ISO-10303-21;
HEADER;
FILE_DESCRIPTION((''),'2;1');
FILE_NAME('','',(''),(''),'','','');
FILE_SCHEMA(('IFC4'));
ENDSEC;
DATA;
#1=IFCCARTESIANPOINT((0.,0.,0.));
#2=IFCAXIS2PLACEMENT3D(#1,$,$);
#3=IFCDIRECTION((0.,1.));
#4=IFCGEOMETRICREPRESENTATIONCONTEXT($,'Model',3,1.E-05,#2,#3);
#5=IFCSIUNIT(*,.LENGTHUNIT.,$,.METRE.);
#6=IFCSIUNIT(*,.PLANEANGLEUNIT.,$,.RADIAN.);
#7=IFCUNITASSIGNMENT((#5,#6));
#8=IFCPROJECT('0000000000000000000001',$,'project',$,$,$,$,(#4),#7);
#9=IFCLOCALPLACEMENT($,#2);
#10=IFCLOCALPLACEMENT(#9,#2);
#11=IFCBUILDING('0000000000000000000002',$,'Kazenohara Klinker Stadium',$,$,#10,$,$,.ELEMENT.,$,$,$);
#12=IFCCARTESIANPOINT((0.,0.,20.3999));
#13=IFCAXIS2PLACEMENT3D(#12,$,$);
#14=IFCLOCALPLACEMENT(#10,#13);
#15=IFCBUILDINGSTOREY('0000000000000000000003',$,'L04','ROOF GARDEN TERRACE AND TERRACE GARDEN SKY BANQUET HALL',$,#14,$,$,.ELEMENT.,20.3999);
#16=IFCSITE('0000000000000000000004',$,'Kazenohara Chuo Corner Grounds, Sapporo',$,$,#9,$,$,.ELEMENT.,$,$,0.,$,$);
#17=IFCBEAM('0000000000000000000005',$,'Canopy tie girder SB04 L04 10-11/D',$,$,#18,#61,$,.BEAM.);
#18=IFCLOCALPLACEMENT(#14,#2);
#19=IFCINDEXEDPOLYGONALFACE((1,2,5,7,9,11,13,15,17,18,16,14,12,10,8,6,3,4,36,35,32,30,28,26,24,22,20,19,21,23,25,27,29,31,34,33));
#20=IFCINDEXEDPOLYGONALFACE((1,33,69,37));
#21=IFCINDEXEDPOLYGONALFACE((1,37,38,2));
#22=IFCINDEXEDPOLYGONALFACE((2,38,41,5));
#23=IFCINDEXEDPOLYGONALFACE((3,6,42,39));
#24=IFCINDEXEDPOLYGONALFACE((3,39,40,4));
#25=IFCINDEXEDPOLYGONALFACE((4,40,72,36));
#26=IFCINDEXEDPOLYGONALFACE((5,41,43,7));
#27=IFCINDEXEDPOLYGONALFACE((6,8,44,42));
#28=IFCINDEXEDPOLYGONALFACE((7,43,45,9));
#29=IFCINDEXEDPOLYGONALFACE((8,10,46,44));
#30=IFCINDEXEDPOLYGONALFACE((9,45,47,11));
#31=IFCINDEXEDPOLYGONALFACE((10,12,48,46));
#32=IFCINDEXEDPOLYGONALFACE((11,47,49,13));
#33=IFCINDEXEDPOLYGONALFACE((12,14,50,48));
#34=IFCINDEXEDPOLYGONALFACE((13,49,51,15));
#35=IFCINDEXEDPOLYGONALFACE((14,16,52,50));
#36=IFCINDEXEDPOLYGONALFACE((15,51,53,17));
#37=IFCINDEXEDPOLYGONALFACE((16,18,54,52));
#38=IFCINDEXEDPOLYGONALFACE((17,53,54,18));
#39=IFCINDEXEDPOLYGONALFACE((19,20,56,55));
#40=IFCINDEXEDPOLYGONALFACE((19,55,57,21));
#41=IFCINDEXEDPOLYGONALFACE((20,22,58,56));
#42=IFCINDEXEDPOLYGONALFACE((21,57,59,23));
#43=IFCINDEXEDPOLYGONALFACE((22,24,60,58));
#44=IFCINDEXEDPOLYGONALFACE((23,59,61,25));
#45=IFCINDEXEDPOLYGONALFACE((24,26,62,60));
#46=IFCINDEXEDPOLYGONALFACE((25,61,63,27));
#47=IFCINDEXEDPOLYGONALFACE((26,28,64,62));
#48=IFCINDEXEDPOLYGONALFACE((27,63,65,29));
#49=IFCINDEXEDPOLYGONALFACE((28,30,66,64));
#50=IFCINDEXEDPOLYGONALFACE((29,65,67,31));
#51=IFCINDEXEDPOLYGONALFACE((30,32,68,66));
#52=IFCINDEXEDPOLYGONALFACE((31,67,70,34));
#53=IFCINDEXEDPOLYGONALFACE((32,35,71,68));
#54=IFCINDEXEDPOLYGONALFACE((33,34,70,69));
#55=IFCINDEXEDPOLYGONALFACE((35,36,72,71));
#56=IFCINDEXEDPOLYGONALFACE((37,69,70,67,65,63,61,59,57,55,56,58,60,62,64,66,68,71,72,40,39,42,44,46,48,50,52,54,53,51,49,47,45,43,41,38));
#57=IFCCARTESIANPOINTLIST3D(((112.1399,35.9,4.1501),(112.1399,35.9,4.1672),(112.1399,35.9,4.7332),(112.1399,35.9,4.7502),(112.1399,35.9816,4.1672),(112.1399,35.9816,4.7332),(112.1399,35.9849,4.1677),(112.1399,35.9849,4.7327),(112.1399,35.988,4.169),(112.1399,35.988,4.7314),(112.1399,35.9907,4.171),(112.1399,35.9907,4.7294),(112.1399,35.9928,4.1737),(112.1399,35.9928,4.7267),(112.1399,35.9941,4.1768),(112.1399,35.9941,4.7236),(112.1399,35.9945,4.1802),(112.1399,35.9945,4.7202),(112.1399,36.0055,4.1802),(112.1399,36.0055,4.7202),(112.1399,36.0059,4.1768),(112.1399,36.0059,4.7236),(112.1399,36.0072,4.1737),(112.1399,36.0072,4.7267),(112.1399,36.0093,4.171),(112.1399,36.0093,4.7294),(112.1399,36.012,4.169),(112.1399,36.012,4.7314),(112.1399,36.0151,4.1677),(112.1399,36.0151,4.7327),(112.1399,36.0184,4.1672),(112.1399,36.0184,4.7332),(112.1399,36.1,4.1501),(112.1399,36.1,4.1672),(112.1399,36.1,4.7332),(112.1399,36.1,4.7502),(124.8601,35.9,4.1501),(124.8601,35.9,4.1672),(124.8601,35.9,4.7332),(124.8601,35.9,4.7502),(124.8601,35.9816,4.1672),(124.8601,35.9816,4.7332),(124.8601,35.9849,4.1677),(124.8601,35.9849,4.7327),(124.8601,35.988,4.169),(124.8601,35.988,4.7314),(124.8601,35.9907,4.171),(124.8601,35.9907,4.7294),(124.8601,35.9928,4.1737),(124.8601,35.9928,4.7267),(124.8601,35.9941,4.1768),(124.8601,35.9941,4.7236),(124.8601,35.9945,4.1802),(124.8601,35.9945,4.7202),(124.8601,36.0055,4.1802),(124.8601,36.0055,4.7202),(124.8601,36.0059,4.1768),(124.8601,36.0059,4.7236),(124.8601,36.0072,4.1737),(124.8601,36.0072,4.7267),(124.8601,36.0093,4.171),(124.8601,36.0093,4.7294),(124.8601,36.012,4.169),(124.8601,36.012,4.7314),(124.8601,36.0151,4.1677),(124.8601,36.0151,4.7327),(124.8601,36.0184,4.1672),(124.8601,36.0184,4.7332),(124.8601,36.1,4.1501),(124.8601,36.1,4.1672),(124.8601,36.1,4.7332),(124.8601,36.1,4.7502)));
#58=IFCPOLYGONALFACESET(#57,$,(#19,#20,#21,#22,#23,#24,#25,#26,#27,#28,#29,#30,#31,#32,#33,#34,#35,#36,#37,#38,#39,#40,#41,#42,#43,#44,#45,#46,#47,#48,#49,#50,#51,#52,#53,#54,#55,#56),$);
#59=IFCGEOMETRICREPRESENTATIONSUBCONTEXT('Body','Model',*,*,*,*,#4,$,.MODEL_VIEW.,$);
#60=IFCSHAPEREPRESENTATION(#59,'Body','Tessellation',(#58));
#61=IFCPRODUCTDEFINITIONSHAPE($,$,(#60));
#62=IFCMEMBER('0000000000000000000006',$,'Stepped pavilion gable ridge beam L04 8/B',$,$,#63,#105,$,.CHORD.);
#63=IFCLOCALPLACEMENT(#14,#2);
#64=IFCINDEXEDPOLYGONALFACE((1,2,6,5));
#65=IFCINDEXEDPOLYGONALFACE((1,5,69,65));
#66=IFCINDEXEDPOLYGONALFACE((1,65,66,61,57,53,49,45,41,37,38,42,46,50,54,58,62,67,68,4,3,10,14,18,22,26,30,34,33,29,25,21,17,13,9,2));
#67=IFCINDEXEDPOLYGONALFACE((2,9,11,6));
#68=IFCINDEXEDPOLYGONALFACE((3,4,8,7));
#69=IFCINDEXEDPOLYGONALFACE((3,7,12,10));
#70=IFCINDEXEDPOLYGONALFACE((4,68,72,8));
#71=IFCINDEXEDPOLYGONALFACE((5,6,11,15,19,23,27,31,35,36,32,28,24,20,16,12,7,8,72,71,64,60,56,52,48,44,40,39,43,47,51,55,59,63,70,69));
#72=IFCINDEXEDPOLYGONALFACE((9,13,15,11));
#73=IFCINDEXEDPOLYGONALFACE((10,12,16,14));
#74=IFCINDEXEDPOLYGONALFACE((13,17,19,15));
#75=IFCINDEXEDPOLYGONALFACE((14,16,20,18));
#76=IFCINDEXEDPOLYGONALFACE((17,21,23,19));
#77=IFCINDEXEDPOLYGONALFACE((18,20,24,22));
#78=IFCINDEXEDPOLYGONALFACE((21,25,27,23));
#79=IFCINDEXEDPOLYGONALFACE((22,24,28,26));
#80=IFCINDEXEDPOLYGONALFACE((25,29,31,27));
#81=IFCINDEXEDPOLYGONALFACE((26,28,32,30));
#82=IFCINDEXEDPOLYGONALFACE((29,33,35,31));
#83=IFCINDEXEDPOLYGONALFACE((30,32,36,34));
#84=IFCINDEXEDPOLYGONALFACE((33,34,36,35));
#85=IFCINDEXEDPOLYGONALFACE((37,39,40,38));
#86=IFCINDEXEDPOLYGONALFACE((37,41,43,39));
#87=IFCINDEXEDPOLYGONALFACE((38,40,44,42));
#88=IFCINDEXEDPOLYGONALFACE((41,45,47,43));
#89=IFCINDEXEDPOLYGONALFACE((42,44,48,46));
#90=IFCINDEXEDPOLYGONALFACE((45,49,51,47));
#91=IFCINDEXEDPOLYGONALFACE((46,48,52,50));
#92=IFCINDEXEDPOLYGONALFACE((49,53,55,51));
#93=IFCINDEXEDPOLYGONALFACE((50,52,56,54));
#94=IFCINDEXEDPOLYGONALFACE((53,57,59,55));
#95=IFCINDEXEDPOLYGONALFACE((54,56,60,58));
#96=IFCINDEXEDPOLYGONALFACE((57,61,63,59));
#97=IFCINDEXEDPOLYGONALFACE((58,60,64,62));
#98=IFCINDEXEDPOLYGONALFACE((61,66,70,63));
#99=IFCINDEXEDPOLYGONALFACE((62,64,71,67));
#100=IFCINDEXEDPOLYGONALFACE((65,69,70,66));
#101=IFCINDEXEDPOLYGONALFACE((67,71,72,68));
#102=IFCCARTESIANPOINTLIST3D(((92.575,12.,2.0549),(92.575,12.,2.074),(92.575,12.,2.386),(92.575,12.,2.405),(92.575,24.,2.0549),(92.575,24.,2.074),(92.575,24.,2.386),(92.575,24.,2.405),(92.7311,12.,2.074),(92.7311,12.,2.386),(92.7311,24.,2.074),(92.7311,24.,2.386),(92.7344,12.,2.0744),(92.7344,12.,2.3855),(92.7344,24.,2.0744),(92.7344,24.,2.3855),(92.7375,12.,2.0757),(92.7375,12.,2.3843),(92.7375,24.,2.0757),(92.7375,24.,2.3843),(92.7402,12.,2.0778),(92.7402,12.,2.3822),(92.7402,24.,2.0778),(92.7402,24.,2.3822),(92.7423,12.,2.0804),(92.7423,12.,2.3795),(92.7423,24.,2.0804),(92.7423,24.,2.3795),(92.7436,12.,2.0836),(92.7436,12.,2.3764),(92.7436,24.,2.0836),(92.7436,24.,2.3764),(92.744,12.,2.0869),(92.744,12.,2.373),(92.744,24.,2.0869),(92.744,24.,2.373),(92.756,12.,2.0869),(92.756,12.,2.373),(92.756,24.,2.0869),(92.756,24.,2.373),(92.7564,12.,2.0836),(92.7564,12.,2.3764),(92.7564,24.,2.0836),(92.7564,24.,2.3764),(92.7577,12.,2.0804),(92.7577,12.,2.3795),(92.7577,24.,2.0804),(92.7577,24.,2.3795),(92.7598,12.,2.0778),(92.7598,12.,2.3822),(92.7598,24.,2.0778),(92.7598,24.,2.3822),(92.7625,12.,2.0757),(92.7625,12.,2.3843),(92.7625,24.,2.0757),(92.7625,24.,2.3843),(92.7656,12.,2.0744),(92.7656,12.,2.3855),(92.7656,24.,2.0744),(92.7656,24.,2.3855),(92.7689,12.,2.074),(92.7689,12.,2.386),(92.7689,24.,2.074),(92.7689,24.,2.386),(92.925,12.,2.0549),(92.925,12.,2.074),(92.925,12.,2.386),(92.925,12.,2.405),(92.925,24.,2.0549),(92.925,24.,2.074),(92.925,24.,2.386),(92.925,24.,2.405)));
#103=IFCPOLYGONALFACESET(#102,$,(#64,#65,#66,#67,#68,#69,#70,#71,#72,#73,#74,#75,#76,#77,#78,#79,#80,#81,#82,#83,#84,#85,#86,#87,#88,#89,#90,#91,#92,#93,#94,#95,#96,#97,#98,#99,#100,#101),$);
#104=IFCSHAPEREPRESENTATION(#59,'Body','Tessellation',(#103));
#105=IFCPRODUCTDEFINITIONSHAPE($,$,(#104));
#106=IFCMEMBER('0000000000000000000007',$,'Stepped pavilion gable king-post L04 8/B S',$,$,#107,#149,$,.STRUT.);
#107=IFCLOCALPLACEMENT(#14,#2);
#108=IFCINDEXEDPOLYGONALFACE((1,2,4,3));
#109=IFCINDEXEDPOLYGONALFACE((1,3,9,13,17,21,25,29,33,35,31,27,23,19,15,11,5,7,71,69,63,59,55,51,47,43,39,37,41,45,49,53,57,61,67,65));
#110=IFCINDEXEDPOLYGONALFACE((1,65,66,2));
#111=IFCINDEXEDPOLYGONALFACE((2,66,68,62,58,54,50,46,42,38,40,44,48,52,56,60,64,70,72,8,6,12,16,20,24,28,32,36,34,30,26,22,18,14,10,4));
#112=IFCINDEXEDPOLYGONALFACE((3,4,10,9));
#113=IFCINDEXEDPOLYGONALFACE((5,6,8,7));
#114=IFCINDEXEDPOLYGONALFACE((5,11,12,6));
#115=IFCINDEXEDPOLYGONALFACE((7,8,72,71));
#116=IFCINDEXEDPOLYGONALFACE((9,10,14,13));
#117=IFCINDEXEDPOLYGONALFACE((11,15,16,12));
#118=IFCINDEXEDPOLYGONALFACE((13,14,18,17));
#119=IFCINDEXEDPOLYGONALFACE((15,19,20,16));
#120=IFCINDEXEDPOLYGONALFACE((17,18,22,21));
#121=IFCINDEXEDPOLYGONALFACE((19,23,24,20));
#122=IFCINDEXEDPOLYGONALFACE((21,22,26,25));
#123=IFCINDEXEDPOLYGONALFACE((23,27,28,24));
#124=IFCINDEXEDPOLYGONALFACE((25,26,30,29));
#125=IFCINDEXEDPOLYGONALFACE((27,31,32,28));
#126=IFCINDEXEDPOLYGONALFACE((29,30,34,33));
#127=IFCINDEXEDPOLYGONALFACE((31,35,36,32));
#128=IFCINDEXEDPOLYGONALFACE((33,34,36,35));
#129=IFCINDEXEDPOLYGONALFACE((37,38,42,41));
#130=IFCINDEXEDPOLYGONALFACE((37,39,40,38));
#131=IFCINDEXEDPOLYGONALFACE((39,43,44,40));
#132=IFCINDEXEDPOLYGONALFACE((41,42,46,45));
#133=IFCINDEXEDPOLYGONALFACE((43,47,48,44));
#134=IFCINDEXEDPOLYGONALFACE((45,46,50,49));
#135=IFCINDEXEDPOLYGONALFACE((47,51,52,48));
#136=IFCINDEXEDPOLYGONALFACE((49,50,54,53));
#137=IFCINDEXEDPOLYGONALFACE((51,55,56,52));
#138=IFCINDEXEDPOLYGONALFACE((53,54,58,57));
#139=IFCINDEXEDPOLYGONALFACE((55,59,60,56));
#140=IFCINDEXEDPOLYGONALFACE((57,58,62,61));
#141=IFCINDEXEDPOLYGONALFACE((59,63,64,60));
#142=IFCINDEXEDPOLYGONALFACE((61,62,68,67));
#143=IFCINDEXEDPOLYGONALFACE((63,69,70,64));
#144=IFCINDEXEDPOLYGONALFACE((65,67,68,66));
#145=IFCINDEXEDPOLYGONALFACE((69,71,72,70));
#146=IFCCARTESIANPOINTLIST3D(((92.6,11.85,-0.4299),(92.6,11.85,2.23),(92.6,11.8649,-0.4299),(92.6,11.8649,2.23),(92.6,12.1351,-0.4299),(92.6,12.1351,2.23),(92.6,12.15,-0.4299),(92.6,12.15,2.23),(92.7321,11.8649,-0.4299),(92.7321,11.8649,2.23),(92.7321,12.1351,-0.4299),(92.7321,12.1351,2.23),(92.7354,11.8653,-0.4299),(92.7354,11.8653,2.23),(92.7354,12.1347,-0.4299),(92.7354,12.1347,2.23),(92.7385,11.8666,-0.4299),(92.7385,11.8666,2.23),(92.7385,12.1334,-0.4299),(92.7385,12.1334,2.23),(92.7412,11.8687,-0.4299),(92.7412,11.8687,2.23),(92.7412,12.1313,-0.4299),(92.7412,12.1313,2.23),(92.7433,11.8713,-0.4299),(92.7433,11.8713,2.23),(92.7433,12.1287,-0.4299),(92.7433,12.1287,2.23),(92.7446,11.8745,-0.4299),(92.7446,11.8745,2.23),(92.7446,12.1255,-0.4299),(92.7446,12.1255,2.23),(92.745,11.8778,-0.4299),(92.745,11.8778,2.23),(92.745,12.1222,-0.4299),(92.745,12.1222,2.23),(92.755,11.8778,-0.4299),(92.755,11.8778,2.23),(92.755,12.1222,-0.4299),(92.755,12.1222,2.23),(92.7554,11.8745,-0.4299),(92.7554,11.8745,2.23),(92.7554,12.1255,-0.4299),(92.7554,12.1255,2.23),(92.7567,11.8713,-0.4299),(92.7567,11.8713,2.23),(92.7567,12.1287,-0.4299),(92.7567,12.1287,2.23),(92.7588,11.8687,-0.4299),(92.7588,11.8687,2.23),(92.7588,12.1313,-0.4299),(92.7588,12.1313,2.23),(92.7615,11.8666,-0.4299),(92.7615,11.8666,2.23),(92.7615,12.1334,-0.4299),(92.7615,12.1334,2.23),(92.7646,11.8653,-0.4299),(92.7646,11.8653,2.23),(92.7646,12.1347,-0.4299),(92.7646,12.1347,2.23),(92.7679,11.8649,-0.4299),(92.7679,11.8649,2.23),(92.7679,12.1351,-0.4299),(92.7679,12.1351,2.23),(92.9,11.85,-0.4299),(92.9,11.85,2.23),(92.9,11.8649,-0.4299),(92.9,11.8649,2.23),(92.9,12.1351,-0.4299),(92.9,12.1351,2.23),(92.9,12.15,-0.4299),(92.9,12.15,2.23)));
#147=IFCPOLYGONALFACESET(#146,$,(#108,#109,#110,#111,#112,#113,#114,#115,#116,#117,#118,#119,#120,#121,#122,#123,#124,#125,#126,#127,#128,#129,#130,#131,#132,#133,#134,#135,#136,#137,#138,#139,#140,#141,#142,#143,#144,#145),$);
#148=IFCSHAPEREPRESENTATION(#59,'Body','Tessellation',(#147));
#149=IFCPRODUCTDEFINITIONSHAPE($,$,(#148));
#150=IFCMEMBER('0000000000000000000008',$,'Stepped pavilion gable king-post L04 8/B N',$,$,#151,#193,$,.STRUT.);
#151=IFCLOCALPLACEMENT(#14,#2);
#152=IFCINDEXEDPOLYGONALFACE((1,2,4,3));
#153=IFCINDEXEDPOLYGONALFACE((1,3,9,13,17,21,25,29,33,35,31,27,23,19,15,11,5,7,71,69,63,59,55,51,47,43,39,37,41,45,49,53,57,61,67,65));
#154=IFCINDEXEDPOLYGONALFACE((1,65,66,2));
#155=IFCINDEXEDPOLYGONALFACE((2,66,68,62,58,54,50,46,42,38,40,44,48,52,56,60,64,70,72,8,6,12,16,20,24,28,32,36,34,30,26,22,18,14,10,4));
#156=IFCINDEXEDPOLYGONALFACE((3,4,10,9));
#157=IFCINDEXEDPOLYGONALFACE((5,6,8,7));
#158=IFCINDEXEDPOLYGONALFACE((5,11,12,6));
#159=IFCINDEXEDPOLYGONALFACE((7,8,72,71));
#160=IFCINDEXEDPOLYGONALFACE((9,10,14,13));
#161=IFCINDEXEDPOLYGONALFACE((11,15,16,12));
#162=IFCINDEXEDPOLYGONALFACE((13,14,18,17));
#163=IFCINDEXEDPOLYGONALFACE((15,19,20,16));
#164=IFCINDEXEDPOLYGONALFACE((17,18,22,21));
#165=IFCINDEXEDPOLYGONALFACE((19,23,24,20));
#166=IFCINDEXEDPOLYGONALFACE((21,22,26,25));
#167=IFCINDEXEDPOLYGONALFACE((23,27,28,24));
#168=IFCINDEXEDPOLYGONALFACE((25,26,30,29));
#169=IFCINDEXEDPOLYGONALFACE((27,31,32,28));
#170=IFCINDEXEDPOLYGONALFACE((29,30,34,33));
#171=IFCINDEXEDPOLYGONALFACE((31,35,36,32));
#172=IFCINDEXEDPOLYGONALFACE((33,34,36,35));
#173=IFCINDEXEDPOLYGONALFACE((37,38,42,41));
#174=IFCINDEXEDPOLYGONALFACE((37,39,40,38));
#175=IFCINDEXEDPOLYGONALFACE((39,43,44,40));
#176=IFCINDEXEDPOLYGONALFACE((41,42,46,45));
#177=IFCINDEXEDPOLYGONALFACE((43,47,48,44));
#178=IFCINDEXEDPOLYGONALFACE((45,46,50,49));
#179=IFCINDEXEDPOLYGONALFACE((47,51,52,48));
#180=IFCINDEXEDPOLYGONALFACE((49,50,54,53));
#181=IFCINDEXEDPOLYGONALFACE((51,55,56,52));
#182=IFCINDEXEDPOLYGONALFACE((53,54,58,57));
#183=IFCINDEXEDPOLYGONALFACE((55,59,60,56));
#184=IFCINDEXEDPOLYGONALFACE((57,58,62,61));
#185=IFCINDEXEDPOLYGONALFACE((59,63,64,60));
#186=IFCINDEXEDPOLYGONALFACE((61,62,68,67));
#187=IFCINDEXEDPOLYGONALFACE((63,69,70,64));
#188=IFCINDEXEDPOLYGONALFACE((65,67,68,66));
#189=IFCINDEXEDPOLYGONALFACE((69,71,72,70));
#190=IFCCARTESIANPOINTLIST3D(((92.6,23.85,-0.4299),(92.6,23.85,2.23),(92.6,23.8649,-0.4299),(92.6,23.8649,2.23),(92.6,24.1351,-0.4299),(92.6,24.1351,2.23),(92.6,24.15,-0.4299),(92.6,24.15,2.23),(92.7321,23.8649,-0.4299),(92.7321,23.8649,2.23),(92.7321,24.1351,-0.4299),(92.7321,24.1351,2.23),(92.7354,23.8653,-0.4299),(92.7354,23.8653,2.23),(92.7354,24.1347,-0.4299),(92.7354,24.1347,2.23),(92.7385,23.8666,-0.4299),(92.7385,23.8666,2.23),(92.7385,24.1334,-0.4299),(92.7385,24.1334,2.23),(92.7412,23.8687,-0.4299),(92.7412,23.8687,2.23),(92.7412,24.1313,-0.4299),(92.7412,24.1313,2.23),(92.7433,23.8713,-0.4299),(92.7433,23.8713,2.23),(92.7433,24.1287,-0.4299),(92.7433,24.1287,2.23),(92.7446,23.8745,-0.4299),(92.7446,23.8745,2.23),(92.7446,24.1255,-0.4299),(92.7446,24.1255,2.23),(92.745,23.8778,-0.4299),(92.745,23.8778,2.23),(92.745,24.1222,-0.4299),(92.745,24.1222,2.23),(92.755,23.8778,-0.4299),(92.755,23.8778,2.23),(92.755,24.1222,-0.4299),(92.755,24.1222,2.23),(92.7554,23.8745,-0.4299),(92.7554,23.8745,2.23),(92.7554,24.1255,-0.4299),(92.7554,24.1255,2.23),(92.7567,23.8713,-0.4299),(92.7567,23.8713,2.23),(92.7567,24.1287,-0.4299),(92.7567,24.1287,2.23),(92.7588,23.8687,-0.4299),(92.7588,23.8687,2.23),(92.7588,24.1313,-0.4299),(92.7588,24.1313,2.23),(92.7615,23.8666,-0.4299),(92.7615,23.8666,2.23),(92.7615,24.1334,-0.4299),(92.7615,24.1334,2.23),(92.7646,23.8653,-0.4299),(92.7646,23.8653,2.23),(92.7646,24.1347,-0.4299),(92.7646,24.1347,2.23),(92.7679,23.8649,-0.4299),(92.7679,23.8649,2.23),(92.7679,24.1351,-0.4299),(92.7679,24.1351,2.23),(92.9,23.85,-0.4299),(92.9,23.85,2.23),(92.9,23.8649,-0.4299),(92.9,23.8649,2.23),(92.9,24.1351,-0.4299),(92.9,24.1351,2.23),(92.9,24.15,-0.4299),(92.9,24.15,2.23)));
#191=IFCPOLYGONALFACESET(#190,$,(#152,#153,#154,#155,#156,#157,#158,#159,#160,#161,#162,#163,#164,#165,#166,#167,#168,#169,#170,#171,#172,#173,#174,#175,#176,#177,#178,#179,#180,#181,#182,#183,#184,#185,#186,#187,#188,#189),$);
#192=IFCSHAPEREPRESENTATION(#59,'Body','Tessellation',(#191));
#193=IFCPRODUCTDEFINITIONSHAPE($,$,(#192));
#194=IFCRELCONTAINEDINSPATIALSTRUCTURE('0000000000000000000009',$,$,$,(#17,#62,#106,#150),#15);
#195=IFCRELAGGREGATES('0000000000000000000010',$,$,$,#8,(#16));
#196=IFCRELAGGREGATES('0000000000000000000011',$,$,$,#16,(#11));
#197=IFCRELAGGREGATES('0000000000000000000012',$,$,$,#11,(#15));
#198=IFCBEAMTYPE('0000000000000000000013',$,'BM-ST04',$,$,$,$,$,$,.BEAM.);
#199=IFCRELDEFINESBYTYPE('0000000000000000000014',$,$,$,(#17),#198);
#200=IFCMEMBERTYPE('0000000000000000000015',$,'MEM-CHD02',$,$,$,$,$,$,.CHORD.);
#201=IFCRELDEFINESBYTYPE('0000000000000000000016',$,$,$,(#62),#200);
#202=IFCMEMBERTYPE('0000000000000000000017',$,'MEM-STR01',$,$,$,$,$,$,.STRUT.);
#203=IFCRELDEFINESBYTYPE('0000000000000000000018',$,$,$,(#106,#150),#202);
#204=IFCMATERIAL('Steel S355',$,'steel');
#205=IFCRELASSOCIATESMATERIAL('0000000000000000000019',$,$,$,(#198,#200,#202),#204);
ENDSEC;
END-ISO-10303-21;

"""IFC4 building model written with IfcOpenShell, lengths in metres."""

from ifc_helpers import new_model, si_unit, direction, frame, origin, origin_2d, place, context, subcontext, project, spatial, i_section, extrude, material, material_profile, profile_set, type_object, element, save


model = new_model("IFC4")

# Units and contexts
model_context = context("Model", 3, precision=1e-05, world=origin(), true_north=direction((0.0, 1.0)))
body_context = subcontext(model_context, "Body", "Model", "MODEL_VIEW")
ifc_project = project(units=[si_unit("LENGTHUNIT", "METRE"), si_unit("PLANEANGLEUNIT", "RADIAN")], contexts=[model_context])

# Site, building, storey
site_placement = place(None, origin())
site = spatial("IfcSite", under=ifc_project, at=site_placement, Name="Kazenohara Chuo Corner Grounds, Sapporo", CompositionType="ELEMENT", RefElevation=0.0)
building_placement = place(site_placement, origin())
building = spatial("IfcBuilding", under=site, at=building_placement, Name="Kazenohara Klinker Stadium", CompositionType="ELEMENT")
storey_placement = place(building_placement, frame((0.0, 0.0, 20.3999)))
storey = spatial("IfcBuildingStorey", under=building, at=storey_placement, Name="L04", Description="ROOF GARDEN TERRACE AND TERRACE GARDEN SKY BANQUET HALL", CompositionType="ELEMENT", Elevation=20.3999)

# Shared definitions
ifc_material_1 = material(Name="Steel S355", Category="steel")

# Beam
ifc_material_profile_1 = material_profile(ifc_material_1, i_section(OverallWidth=0.2, OverallDepth=0.6001, WebThickness=0.011, FlangeThickness=0.0171, FilletRadius=0.0129, at=origin_2d()), Name="H-600x200x11x17")
ifc_profile_set_1 = profile_set([ifc_material_profile_1], Name="Steel S355")
beam_type = type_object("IfcBeamType", Name="BM-ST04", PredefinedType="BEAM", material=ifc_profile_set_1)
for number, where, z_axis, x_axis, name in (
    (1, (112.1399, 36.0, 4.4502), (1.0, 0.0, 0.0), (0.0, 1.0, 0.0), "Canopy tie girder SB04 L04 10-11/D"),
):
    element("IfcBeam", number, at=place(storey_placement, frame(where, z_axis=z_axis, x_axis=x_axis)), inside=storey, type_object=beam_type, Name=name, PredefinedType="BEAM", context=body_context, shape_type="SweptSolid", body=[
        extrude(i_section(OverallWidth=0.2, OverallDepth=0.6001, WebThickness=0.011, FlangeThickness=0.0171, FilletRadius=0.0129, at=origin_2d()), origin(), (0.0, 0.0, 1.0), 12.7202),
    ])

# Members
ifc_material_profile_2 = material_profile(ifc_material_1, i_section(OverallWidth=0.3501, OverallDepth=0.3501, WebThickness=0.012, FlangeThickness=0.019, FilletRadius=0.0129, at=origin_2d()), Name="H-350x350x12x19")
ifc_profile_set_2 = profile_set([ifc_material_profile_2], Name="Steel S355")
member_type_1 = type_object("IfcMemberType", Name="MEM-CHD02", PredefinedType="CHORD", material=ifc_profile_set_2)
member_placement = place(storey_placement, frame((92.75, 12.0, 2.23), z_axis=(0.0, 1.0, 0.0), x_axis=(-1.0, 0.0, 0.0)))
element("IfcMember", 2, at=member_placement, inside=storey, type_object=member_type_1, Name="Stepped pavilion gable ridge beam L04 8/B", PredefinedType="CHORD", context=body_context, shape_type="SweptSolid", body=[
    extrude(i_section(OverallWidth=0.3501, OverallDepth=0.3501, WebThickness=0.012, FlangeThickness=0.019, FilletRadius=0.0129, at=origin_2d()), origin(), (0.0, 0.0, 1.0), 12.0),
])
ifc_material_profile_3 = material_profile(ifc_material_1, i_section(OverallWidth=0.3, OverallDepth=0.3, WebThickness=0.01, FlangeThickness=0.0149, FilletRadius=0.0129, at=origin_2d()), Name="H-300x300x10x15")
ifc_profile_set_3 = profile_set([ifc_material_profile_3], Name="Steel S355")
member_type_2 = type_object("IfcMemberType", Name="MEM-STR01", PredefinedType="STRUT", material=ifc_profile_set_3)
for number, where, z_axis, x_axis, name in (
    (3, (92.75, 12.0, -0.4299), (0.0, 0.0, 1.0), (1.0, 0.0, 0.0), "Stepped pavilion gable king-post L04 8/B S"),
    (4, (92.75, 24.0, -0.4299), (0.0, 0.0, 1.0), (1.0, 0.0, 0.0), "Stepped pavilion gable king-post L04 8/B N"),
):
    element("IfcMember", number, at=place(storey_placement, frame(where, z_axis=z_axis, x_axis=x_axis)), inside=storey, type_object=member_type_2, Name=name, PredefinedType="STRUT", context=body_context, shape_type="SweptSolid", body=[
        extrude(i_section(OverallWidth=0.3, OverallDepth=0.3, WebThickness=0.01, FlangeThickness=0.0149, FilletRadius=0.0129, at=origin_2d()), origin(), (0.0, 0.0, 1.0), 2.6599),
    ])

save(model, "model.ifc")
